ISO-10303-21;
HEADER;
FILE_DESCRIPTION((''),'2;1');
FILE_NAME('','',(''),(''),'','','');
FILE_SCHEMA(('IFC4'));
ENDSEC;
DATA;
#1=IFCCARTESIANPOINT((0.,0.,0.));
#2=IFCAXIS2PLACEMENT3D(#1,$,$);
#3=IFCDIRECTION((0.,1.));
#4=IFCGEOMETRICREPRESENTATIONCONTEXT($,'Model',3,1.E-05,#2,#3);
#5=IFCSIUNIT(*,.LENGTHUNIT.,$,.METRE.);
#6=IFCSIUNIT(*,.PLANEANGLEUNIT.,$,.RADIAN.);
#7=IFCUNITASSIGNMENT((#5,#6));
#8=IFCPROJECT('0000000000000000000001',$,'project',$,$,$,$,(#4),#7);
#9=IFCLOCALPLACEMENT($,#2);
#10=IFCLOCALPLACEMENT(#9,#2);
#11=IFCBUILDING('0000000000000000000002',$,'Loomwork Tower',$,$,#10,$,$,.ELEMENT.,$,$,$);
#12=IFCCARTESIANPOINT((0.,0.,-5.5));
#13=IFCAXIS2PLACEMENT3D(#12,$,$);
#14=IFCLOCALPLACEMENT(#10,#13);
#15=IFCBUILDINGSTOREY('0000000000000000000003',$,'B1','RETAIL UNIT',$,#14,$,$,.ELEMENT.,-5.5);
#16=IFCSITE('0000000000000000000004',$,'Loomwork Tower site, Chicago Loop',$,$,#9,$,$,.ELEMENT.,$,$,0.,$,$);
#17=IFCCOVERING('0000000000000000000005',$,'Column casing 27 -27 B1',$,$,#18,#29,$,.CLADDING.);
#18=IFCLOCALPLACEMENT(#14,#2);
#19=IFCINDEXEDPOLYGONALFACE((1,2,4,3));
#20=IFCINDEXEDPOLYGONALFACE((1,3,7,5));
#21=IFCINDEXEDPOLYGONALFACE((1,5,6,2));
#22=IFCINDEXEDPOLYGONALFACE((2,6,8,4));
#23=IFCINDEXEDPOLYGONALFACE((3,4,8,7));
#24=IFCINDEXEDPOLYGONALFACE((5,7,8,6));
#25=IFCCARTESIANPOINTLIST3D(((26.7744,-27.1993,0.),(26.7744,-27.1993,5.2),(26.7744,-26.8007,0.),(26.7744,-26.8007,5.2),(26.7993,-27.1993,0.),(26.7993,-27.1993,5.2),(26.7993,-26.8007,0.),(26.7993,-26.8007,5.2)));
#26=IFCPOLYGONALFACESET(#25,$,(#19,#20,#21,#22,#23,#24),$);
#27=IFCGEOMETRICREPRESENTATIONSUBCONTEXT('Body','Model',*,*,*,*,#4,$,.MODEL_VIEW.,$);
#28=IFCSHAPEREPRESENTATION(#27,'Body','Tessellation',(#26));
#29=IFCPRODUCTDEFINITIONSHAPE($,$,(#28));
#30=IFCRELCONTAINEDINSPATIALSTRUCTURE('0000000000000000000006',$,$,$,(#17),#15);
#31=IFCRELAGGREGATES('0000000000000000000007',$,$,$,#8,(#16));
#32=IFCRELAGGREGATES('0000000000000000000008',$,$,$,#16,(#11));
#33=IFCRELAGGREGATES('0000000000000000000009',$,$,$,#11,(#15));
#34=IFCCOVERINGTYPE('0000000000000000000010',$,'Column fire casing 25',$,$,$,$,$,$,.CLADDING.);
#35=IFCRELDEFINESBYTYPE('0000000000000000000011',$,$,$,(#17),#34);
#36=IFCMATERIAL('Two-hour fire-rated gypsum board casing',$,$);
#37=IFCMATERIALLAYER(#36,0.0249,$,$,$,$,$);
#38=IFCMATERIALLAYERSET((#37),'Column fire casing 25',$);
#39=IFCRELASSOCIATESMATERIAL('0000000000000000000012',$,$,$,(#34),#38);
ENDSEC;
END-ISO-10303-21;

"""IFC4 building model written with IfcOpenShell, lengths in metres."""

from ifc_helpers import new_model, si_unit, direction, frame, origin, origin_2d, place, context, subcontext, project, spatial, rectangle, extrude, material, layer, layer_set, type_object, element, save


model = new_model("IFC4")

# Units and contexts
model_context = context("Model", 3, precision=1e-05, world=origin(), true_north=direction((0.0, 1.0)))
body_context = subcontext(model_context, "Body", "Model", "MODEL_VIEW")
ifc_project = project(units=[si_unit("LENGTHUNIT", "METRE"), si_unit("PLANEANGLEUNIT", "RADIAN")], contexts=[model_context])

# Site, building, storey
site_placement = place(None, origin())
site = spatial("IfcSite", under=ifc_project, at=site_placement, Name="Loomwork Tower site, Chicago Loop", CompositionType="ELEMENT", RefElevation=0.0)
building_placement = place(site_placement, origin())
building = spatial("IfcBuilding", under=site, at=building_placement, Name="Loomwork Tower", CompositionType="ELEMENT")
storey_placement = place(building_placement, frame((0.0, 0.0, -5.5)))
storey = spatial("IfcBuildingStorey", under=building, at=storey_placement, Name="B1", Description="RETAIL UNIT", CompositionType="ELEMENT", Elevation=-5.5)

# Covering
ifc_material_1 = material(Name="Two-hour fire-rated gypsum board casing")
ifc_layer_1 = layer(ifc_material_1, 0.0249)
ifc_layer_set_1 = layer_set([ifc_layer_1], Name="Column fire casing 25")
covering_type = type_object("IfcCoveringType", Name="Column fire casing 25", PredefinedType="CLADDING", material=ifc_layer_set_1)
covering_1_placement = place(storey_placement, frame((26.7869, -27.0, 0.0), z_axis=(0.0, 0.0, 1.0), x_axis=(1.0, 0.0, 0.0)))
element("IfcCovering", 1, at=covering_1_placement, inside=storey, type_object=covering_type, Name="Column casing 27 -27 B1", PredefinedType="CLADDING", context=body_context, shape_type="SweptSolid", body=[
    extrude(rectangle(XDim=0.0249, YDim=0.3987, at=origin_2d()), origin(), (0.0, 0.0, 1.0), 5.2),
])

save(model, "model.ifc")
